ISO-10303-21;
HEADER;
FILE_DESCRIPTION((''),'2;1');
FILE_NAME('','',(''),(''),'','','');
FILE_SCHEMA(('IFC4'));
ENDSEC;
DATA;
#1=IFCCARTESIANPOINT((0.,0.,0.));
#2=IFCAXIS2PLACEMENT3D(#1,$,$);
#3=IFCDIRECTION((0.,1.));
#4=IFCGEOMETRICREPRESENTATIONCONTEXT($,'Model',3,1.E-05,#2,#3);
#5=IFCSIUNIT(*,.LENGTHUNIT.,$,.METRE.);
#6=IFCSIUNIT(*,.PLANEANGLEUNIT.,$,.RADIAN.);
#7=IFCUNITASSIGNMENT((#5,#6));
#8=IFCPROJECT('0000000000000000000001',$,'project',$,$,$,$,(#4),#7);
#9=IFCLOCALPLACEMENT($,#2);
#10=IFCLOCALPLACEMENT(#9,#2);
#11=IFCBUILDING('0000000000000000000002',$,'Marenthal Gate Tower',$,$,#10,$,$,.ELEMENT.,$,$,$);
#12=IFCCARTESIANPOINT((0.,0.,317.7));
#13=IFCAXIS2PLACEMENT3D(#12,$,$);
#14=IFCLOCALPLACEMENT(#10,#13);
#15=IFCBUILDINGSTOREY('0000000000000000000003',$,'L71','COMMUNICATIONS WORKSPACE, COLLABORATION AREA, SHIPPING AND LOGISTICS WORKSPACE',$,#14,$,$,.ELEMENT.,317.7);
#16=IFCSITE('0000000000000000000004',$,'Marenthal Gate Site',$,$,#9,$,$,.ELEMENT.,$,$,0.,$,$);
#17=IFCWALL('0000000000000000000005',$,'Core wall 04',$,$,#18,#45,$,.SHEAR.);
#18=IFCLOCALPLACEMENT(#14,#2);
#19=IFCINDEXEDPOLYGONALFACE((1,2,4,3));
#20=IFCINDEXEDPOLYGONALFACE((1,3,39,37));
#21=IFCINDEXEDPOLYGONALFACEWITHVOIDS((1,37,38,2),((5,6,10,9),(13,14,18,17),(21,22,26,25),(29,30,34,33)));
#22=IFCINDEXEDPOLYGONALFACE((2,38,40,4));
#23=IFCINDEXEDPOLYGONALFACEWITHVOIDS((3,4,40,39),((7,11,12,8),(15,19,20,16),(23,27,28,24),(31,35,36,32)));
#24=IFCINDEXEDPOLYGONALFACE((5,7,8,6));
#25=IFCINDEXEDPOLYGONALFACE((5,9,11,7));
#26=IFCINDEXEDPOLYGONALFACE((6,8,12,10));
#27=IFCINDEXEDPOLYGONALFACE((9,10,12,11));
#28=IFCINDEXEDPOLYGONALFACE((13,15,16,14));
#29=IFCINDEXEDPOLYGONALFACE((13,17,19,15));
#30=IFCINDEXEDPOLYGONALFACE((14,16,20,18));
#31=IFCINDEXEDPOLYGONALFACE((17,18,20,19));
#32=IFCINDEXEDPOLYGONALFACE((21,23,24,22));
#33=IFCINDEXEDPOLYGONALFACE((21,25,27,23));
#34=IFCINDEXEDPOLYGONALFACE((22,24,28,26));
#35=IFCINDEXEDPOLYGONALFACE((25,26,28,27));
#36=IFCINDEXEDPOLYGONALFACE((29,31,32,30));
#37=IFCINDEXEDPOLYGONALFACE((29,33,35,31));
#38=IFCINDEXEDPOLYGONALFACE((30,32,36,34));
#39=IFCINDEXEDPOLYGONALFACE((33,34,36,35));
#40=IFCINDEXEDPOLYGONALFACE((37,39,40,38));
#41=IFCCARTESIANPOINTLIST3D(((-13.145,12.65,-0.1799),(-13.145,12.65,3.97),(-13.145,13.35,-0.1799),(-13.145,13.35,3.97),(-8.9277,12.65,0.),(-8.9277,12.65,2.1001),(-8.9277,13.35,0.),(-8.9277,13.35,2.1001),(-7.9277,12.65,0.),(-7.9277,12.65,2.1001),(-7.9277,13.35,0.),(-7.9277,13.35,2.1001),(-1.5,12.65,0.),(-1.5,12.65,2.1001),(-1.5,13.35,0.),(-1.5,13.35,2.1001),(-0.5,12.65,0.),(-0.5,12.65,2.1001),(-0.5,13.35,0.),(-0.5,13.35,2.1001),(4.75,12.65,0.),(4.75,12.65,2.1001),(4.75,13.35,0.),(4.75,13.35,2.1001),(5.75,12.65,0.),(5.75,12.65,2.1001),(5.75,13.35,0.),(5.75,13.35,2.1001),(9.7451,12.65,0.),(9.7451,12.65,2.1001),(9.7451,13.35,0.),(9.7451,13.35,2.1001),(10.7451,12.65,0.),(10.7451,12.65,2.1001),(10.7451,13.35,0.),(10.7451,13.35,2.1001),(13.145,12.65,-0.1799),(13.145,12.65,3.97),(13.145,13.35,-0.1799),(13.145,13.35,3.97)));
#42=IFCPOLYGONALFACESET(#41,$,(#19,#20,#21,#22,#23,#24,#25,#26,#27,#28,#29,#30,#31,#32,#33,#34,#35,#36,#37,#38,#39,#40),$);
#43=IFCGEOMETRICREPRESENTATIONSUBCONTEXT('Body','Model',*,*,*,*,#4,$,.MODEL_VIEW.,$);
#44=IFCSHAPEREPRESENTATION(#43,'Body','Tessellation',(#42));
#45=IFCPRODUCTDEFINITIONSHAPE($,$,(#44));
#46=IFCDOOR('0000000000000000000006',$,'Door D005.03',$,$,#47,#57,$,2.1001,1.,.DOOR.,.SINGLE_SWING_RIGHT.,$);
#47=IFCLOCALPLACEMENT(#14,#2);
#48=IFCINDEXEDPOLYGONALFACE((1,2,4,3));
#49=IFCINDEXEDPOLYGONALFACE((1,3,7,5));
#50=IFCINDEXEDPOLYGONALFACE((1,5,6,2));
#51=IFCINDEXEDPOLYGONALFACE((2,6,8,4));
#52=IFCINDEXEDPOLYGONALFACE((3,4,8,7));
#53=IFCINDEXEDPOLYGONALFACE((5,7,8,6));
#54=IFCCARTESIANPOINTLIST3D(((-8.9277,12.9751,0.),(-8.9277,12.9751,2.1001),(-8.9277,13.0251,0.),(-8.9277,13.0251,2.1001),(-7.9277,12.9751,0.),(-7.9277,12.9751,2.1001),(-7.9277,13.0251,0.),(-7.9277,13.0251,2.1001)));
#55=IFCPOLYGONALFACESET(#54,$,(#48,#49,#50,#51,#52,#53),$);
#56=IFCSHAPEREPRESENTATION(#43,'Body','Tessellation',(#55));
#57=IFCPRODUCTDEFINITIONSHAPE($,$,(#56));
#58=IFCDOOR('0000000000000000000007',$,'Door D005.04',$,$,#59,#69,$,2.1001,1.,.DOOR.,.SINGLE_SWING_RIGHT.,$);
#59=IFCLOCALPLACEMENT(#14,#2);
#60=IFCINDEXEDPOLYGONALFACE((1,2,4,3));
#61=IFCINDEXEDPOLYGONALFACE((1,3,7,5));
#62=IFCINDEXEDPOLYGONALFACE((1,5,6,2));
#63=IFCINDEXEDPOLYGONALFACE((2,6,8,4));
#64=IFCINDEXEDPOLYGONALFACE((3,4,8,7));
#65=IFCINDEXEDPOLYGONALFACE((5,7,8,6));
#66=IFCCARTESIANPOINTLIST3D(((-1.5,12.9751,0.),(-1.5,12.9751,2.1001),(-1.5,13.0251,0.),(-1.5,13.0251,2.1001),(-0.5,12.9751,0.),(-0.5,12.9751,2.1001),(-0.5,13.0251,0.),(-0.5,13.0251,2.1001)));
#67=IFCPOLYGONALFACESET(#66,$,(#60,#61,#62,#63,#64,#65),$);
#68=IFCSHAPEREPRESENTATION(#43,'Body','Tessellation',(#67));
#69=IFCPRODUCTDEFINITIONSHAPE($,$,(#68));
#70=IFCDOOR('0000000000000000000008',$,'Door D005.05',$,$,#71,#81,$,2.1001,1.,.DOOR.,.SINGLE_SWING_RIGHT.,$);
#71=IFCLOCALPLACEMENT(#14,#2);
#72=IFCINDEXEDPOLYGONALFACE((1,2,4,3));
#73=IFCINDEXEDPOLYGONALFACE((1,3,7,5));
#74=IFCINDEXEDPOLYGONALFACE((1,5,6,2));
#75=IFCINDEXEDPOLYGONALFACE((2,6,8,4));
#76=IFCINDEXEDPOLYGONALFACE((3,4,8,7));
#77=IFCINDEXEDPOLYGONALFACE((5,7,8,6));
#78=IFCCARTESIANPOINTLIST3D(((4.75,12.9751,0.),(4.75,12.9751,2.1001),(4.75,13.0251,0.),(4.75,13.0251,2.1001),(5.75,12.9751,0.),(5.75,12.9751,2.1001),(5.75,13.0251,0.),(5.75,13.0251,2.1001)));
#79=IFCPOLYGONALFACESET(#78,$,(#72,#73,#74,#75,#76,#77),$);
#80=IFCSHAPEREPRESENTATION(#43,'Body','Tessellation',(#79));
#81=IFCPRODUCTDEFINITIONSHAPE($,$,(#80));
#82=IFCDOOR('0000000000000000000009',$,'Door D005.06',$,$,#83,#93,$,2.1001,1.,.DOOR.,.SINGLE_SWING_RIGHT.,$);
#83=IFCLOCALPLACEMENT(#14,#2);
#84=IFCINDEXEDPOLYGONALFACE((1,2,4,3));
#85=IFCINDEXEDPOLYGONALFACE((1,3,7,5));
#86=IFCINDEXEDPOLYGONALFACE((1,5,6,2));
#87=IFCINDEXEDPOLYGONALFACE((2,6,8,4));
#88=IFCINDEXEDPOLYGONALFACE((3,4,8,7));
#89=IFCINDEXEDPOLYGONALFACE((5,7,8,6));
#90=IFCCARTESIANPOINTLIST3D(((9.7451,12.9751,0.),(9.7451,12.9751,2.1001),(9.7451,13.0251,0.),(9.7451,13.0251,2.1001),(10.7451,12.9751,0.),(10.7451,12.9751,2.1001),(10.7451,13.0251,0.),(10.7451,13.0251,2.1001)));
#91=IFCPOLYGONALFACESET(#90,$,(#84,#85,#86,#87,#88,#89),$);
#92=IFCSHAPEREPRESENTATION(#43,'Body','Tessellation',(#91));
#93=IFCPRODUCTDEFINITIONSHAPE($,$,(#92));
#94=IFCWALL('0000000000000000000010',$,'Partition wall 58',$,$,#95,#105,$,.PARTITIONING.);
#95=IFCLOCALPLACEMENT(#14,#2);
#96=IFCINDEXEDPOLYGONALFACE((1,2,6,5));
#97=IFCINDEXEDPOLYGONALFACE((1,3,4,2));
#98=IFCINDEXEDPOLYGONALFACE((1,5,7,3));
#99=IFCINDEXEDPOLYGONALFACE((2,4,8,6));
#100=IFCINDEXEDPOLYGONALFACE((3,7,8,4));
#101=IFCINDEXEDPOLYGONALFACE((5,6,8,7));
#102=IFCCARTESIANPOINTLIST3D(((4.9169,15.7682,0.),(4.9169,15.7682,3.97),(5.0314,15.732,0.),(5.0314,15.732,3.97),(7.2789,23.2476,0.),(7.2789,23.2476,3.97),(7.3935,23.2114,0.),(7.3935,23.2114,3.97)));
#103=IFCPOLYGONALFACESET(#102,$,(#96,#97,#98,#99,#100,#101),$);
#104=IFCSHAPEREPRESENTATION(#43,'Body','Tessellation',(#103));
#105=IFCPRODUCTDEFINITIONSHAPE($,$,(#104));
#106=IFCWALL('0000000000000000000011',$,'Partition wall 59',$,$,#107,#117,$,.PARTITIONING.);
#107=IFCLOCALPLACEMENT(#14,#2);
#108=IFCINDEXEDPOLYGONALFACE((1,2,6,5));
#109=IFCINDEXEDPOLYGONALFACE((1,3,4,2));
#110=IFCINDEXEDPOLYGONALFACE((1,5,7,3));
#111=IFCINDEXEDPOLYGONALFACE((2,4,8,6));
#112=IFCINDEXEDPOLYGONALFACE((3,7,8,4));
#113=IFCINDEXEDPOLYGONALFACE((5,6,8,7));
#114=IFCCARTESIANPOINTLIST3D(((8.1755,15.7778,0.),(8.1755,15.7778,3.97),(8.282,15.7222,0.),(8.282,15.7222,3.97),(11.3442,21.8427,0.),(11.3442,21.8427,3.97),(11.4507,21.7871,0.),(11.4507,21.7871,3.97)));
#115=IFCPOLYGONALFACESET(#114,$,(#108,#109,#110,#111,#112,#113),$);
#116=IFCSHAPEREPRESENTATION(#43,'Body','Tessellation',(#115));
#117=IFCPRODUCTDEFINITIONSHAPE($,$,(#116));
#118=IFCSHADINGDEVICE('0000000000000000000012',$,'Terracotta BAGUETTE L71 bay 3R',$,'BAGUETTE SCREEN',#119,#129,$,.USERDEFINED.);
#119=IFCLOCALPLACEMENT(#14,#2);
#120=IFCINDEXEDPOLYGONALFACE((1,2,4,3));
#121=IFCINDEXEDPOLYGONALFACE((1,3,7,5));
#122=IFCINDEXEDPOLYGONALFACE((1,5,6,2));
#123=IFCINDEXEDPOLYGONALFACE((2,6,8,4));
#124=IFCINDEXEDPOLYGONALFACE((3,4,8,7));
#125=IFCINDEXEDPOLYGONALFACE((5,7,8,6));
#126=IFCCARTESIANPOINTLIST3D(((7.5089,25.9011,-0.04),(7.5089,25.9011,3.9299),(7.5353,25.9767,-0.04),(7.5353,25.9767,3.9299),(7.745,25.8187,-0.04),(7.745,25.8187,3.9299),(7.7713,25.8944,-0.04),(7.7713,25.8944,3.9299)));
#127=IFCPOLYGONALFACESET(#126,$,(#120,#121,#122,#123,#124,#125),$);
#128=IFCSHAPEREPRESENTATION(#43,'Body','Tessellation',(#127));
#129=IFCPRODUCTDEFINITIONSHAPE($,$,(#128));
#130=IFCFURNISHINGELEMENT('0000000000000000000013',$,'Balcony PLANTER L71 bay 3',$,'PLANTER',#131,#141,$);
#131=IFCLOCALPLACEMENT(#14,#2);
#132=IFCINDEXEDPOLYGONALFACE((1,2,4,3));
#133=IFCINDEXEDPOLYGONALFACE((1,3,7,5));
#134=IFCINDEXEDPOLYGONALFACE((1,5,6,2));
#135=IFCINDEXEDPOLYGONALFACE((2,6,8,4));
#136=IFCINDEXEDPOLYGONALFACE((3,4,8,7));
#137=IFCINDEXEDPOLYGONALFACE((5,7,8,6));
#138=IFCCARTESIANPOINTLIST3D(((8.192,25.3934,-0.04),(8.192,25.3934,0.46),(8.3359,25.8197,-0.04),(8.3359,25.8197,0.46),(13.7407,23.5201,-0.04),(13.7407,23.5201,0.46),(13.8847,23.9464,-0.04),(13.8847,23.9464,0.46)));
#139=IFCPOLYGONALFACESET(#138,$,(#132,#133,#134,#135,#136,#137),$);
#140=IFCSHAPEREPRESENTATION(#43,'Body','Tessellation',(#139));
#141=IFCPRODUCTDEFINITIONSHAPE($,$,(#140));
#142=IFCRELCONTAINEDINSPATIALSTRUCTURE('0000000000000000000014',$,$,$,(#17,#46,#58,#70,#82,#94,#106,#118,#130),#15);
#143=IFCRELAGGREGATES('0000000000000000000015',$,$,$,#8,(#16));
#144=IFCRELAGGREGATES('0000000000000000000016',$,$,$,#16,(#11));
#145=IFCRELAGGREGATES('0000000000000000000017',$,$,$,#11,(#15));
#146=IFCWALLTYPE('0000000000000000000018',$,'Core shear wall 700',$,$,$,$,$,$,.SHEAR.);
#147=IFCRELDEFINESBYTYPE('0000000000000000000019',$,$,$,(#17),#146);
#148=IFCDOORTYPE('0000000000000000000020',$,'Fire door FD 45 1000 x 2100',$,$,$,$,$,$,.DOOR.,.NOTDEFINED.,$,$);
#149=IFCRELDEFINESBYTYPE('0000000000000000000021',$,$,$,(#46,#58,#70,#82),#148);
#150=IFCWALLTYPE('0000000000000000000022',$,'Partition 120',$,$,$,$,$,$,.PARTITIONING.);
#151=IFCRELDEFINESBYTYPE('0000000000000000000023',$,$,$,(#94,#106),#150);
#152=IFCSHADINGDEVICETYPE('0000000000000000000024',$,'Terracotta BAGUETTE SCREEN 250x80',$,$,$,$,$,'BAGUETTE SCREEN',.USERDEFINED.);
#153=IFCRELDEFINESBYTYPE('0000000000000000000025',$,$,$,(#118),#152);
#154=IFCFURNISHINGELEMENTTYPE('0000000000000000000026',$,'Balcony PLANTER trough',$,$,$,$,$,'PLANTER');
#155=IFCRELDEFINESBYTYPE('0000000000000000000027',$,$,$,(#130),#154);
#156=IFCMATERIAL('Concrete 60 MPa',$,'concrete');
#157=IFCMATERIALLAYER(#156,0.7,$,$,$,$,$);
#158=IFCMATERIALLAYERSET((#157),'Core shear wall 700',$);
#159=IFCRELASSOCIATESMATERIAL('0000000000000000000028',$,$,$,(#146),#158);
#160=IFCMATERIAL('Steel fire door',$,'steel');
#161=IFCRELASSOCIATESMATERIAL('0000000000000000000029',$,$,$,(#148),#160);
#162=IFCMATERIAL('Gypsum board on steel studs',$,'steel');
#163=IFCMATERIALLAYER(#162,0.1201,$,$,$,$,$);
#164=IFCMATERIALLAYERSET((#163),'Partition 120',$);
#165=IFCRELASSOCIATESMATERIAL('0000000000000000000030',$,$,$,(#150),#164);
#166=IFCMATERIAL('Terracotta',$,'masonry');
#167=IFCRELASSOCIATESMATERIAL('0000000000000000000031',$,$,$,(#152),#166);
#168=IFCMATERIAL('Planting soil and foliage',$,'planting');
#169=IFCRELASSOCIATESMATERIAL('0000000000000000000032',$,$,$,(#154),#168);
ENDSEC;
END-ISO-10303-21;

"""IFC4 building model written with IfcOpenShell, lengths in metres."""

from ifc_helpers import new_model, si_unit, direction, frame, frame_2d, origin, origin_2d, place, context, subcontext, project, spatial, rectangle, extrude, material, layer, layer_set, material_profile, profile_set, type_object, element, fill, save


model = new_model("IFC4")

# Units and contexts
model_context = context("Model", 3, precision=1e-05, world=origin(), true_north=direction((0.0, 1.0)))
body_context = subcontext(model_context, "Body", "Model", "MODEL_VIEW")
ifc_project = project(units=[si_unit("LENGTHUNIT", "METRE"), si_unit("PLANEANGLEUNIT", "RADIAN")], contexts=[model_context])

# Site, building, storey
site_placement = place(None, origin())
site = spatial("IfcSite", under=ifc_project, at=site_placement, Name="Marenthal Gate Site", CompositionType="ELEMENT", RefElevation=0.0)
building_placement = place(site_placement, origin())
building = spatial("IfcBuilding", under=site, at=building_placement, Name="Marenthal Gate Tower", CompositionType="ELEMENT")
storey_placement = place(building_placement, frame((0.0, 0.0, 317.7)))
storey = spatial("IfcBuildingStorey", under=building, at=storey_placement, Name="L71", Description="COMMUNICATIONS WORKSPACE, COLLABORATION AREA, SHIPPING AND LOGISTICS WORKSPACE", CompositionType="ELEMENT", Elevation=317.7)

# Wall, openings, doors
ifc_material_1 = material(Name="Concrete 60 MPa", Category="concrete")
ifc_layer_1 = layer(ifc_material_1, 0.7)
ifc_layer_set_1 = layer_set([ifc_layer_1], Name="Core shear wall 700")
wall_type_1 = type_object("IfcWallType", Name="Core shear wall 700", PredefinedType="SHEAR", material=ifc_layer_set_1)
wall_1_placement = place(storey_placement, frame((13.145, 13.0, -0.1799), z_axis=(0.0, 0.0, 1.0), x_axis=(-1.0, 0.0, 0.0)))
wall_1 = element("IfcWall", 1, at=wall_1_placement, inside=storey, type_object=wall_type_1, Name="Core wall 04", PredefinedType="SHEAR", context=body_context, shape_type="SweptSolid", body=[
    extrude(rectangle(XDim=26.29, YDim=0.7, at=frame_2d((13.145, 0.0))), origin(), (0.0, 0.0, 1.0), 4.1499),
])
opening_1_placement = place(wall_1_placement, frame((21.0728, 0.0, 0.1799)))
opening_1 = element("IfcOpeningElement", 2, at=opening_1_placement, cuts=wall_1, PredefinedType="OPENING", context=body_context, shape_type="SweptSolid", body=[
    extrude(rectangle(XDim=1.0, YDim=2.1001, at=frame_2d((0.5, 1.05))), frame((0.0, 0.3599, 0.0), z_axis=(0.0, -1.0, 0.0), x_axis=(1.0, 0.0, 0.0)), (0.0, 0.0, 1.0), 0.72),
])
opening_2_placement = place(wall_1_placement, frame((13.645, 0.0, 0.1799)))
opening_2 = element("IfcOpeningElement", 3, at=opening_2_placement, cuts=wall_1, PredefinedType="OPENING", context=body_context, shape_type="SweptSolid", body=[
    extrude(rectangle(XDim=1.0, YDim=2.1001, at=frame_2d((0.5, 1.05))), frame((0.0, 0.3599, 0.0), z_axis=(0.0, -1.0, 0.0), x_axis=(1.0, 0.0, 0.0)), (0.0, 0.0, 1.0), 0.72),
])
opening_3_placement = place(wall_1_placement, frame((7.395, 0.0, 0.1799)))
opening_3 = element("IfcOpeningElement", 4, at=opening_3_placement, cuts=wall_1, PredefinedType="OPENING", context=body_context, shape_type="SweptSolid", body=[
    extrude(rectangle(XDim=1.0, YDim=2.1001, at=frame_2d((0.5, 1.05))), frame((0.0, 0.3599, 0.0), z_axis=(0.0, -1.0, 0.0), x_axis=(1.0, 0.0, 0.0)), (0.0, 0.0, 1.0), 0.72),
])
opening_4_placement = place(wall_1_placement, frame((2.3999, 0.0, 0.1799)))
opening_4 = element("IfcOpeningElement", 5, at=opening_4_placement, cuts=wall_1, PredefinedType="OPENING", context=body_context, shape_type="SweptSolid", body=[
    extrude(rectangle(XDim=1.0, YDim=2.1001, at=frame_2d((0.5, 1.05))), frame((0.0, 0.3599, 0.0), z_axis=(0.0, -1.0, 0.0), x_axis=(1.0, 0.0, 0.0)), (0.0, 0.0, 1.0), 0.72),
])
ifc_material_2 = material(Name="Steel fire door", Category="steel")
door_type = type_object("IfcDoorType", Name="Fire door FD 45 1000 x 2100", OperationType="NOTDEFINED", PredefinedType="DOOR", material=ifc_material_2)
door_1_placement = place(opening_1_placement, origin())
door_1 = element("IfcDoor", 6, at=door_1_placement, inside=storey, type_object=door_type, Name="Door D005.03", OperationType="SINGLE_SWING_RIGHT", OverallHeight=2.1001, OverallWidth=1.0, PredefinedType="DOOR", context=body_context, shape_type="SweptSolid", body=[
    extrude(rectangle(XDim=1.0, YDim=2.1001, at=frame_2d((0.5, 1.05))), frame((0.0, 0.0249, 0.0), z_axis=(0.0, -1.0, 0.0), x_axis=(1.0, 0.0, 0.0)), (0.0, 0.0, 1.0), 0.05),
])
fill(opening_1, door_1)
door_2_placement = place(opening_2_placement, origin())
door_2 = element("IfcDoor", 7, at=door_2_placement, inside=storey, type_object=door_type, Name="Door D005.04", OperationType="SINGLE_SWING_RIGHT", OverallHeight=2.1001, OverallWidth=1.0, PredefinedType="DOOR", context=body_context, shape_type="SweptSolid", body=[
    extrude(rectangle(XDim=1.0, YDim=2.1001, at=frame_2d((0.5, 1.05))), frame((0.0, 0.0249, 0.0), z_axis=(0.0, -1.0, 0.0), x_axis=(1.0, 0.0, 0.0)), (0.0, 0.0, 1.0), 0.05),
])
fill(opening_2, door_2)
door_3_placement = place(opening_3_placement, origin())
door_3 = element("IfcDoor", 8, at=door_3_placement, inside=storey, type_object=door_type, Name="Door D005.05", OperationType="SINGLE_SWING_RIGHT", OverallHeight=2.1001, OverallWidth=1.0, PredefinedType="DOOR", context=body_context, shape_type="SweptSolid", body=[
    extrude(rectangle(XDim=1.0, YDim=2.1001, at=frame_2d((0.5, 1.05))), frame((0.0, 0.0249, 0.0), z_axis=(0.0, -1.0, 0.0), x_axis=(1.0, 0.0, 0.0)), (0.0, 0.0, 1.0), 0.05),
])
fill(opening_3, door_3)
door_4_placement = place(opening_4_placement, origin())
door_4 = element("IfcDoor", 9, at=door_4_placement, inside=storey, type_object=door_type, Name="Door D005.06", OperationType="SINGLE_SWING_RIGHT", OverallHeight=2.1001, OverallWidth=1.0, PredefinedType="DOOR", context=body_context, shape_type="SweptSolid", body=[
    extrude(rectangle(XDim=1.0, YDim=2.1001, at=frame_2d((0.5, 1.05))), frame((0.0, 0.0249, 0.0), z_axis=(0.0, -1.0, 0.0), x_axis=(1.0, 0.0, 0.0)), (0.0, 0.0, 1.0), 0.05),
])
fill(opening_4, door_4)

# Walls
ifc_material_3 = material(Name="Gypsum board on steel studs", Category="steel")
ifc_layer_2 = layer(ifc_material_3, 0.1201)
ifc_layer_set_2 = layer_set([ifc_layer_2], Name="Partition 120")
wall_type_2 = type_object("IfcWallType", Name="Partition 120", PredefinedType="PARTITIONING", material=ifc_layer_set_2)
wall_2_placement = place(storey_placement, frame((4.9741, 15.75, 0.0), z_axis=(0.0, 0.0, 1.0), x_axis=(0.301145, 0.953578, 0.0)))
element("IfcWall", 10, at=wall_2_placement, inside=storey, type_object=wall_type_2, Name="Partition wall 58", PredefinedType="PARTITIONING", context=body_context, shape_type="SweptSolid", body=[
    extrude(rectangle(XDim=7.8435, YDim=0.1201, at=frame_2d((3.9219, 0.0))), origin(), (0.0, 0.0, 1.0), 3.97),
])
wall_3_placement = place(storey_placement, frame((8.2288, 15.75, 0.0), z_axis=(0.0, 0.0, 1.0), x_axis=(0.46307, 0.886322, 0.0)))
element("IfcWall", 11, at=wall_3_placement, inside=storey, type_object=wall_type_2, Name="Partition wall 59", PredefinedType="PARTITIONING", context=body_context, shape_type="SweptSolid", body=[
    extrude(rectangle(XDim=6.8428, YDim=0.1201, at=frame_2d((3.4214, 0.0))), origin(), (0.0, 0.0, 1.0), 3.97),
])

# Shading device
ifc_material_4 = material(Name="Terracotta", Category="masonry")
ifc_material_profile_1 = material_profile(ifc_material_4, rectangle(XDim=0.25, YDim=0.0801, at=origin_2d()), Name="Terracotta baguette 250x80")
ifc_profile_set_1 = profile_set([ifc_material_profile_1], Name="Terracotta")
shading_device_type = type_object("IfcShadingDeviceType", Name="Terracotta BAGUETTE SCREEN 250x80", ElementType="BAGUETTE SCREEN", PredefinedType="USERDEFINED", material=ifc_profile_set_1)
shading_device_placement = place(storey_placement, frame((7.6401, 25.8977, -0.04), z_axis=(0.0, 0.0, 1.0), x_axis=(-0.944249, 0.329232, 0.0)))
element("IfcShadingDevice", 12, at=shading_device_placement, inside=storey, type_object=shading_device_type, Name="Terracotta BAGUETTE L71 bay 3R", ObjectType="BAGUETTE SCREEN", PredefinedType="USERDEFINED", context=body_context, shape_type="SweptSolid", body=[
    extrude(rectangle(XDim=0.25, YDim=0.0801, at=origin_2d()), origin(), (0.0, 0.0, 1.0), 3.97),
])

# Furnishing element
ifc_material_5 = material(Name="Planting soil and foliage", Category="planting")
furnishing_element_type = type_object("IfcFurnishingElementType", Name="Balcony PLANTER trough", ElementType="PLANTER", material=ifc_material_5)
furnishing_placement = place(storey_placement, frame((11.0383, 24.6699, -0.04), z_axis=(0.0, 0.0, 1.0), x_axis=(-0.947463, 0.319866, 0.0)))
element("IfcFurnishingElement", 13, at=furnishing_placement, inside=storey, type_object=furnishing_element_type, Name="Balcony PLANTER L71 bay 3", ObjectType="PLANTER", context=body_context, shape_type="SweptSolid", body=[
    extrude(rectangle(XDim=5.8564, YDim=0.45, at=origin_2d()), origin(), (0.0, 0.0, 1.0), 0.5),
])

save(model, "model.ifc")
